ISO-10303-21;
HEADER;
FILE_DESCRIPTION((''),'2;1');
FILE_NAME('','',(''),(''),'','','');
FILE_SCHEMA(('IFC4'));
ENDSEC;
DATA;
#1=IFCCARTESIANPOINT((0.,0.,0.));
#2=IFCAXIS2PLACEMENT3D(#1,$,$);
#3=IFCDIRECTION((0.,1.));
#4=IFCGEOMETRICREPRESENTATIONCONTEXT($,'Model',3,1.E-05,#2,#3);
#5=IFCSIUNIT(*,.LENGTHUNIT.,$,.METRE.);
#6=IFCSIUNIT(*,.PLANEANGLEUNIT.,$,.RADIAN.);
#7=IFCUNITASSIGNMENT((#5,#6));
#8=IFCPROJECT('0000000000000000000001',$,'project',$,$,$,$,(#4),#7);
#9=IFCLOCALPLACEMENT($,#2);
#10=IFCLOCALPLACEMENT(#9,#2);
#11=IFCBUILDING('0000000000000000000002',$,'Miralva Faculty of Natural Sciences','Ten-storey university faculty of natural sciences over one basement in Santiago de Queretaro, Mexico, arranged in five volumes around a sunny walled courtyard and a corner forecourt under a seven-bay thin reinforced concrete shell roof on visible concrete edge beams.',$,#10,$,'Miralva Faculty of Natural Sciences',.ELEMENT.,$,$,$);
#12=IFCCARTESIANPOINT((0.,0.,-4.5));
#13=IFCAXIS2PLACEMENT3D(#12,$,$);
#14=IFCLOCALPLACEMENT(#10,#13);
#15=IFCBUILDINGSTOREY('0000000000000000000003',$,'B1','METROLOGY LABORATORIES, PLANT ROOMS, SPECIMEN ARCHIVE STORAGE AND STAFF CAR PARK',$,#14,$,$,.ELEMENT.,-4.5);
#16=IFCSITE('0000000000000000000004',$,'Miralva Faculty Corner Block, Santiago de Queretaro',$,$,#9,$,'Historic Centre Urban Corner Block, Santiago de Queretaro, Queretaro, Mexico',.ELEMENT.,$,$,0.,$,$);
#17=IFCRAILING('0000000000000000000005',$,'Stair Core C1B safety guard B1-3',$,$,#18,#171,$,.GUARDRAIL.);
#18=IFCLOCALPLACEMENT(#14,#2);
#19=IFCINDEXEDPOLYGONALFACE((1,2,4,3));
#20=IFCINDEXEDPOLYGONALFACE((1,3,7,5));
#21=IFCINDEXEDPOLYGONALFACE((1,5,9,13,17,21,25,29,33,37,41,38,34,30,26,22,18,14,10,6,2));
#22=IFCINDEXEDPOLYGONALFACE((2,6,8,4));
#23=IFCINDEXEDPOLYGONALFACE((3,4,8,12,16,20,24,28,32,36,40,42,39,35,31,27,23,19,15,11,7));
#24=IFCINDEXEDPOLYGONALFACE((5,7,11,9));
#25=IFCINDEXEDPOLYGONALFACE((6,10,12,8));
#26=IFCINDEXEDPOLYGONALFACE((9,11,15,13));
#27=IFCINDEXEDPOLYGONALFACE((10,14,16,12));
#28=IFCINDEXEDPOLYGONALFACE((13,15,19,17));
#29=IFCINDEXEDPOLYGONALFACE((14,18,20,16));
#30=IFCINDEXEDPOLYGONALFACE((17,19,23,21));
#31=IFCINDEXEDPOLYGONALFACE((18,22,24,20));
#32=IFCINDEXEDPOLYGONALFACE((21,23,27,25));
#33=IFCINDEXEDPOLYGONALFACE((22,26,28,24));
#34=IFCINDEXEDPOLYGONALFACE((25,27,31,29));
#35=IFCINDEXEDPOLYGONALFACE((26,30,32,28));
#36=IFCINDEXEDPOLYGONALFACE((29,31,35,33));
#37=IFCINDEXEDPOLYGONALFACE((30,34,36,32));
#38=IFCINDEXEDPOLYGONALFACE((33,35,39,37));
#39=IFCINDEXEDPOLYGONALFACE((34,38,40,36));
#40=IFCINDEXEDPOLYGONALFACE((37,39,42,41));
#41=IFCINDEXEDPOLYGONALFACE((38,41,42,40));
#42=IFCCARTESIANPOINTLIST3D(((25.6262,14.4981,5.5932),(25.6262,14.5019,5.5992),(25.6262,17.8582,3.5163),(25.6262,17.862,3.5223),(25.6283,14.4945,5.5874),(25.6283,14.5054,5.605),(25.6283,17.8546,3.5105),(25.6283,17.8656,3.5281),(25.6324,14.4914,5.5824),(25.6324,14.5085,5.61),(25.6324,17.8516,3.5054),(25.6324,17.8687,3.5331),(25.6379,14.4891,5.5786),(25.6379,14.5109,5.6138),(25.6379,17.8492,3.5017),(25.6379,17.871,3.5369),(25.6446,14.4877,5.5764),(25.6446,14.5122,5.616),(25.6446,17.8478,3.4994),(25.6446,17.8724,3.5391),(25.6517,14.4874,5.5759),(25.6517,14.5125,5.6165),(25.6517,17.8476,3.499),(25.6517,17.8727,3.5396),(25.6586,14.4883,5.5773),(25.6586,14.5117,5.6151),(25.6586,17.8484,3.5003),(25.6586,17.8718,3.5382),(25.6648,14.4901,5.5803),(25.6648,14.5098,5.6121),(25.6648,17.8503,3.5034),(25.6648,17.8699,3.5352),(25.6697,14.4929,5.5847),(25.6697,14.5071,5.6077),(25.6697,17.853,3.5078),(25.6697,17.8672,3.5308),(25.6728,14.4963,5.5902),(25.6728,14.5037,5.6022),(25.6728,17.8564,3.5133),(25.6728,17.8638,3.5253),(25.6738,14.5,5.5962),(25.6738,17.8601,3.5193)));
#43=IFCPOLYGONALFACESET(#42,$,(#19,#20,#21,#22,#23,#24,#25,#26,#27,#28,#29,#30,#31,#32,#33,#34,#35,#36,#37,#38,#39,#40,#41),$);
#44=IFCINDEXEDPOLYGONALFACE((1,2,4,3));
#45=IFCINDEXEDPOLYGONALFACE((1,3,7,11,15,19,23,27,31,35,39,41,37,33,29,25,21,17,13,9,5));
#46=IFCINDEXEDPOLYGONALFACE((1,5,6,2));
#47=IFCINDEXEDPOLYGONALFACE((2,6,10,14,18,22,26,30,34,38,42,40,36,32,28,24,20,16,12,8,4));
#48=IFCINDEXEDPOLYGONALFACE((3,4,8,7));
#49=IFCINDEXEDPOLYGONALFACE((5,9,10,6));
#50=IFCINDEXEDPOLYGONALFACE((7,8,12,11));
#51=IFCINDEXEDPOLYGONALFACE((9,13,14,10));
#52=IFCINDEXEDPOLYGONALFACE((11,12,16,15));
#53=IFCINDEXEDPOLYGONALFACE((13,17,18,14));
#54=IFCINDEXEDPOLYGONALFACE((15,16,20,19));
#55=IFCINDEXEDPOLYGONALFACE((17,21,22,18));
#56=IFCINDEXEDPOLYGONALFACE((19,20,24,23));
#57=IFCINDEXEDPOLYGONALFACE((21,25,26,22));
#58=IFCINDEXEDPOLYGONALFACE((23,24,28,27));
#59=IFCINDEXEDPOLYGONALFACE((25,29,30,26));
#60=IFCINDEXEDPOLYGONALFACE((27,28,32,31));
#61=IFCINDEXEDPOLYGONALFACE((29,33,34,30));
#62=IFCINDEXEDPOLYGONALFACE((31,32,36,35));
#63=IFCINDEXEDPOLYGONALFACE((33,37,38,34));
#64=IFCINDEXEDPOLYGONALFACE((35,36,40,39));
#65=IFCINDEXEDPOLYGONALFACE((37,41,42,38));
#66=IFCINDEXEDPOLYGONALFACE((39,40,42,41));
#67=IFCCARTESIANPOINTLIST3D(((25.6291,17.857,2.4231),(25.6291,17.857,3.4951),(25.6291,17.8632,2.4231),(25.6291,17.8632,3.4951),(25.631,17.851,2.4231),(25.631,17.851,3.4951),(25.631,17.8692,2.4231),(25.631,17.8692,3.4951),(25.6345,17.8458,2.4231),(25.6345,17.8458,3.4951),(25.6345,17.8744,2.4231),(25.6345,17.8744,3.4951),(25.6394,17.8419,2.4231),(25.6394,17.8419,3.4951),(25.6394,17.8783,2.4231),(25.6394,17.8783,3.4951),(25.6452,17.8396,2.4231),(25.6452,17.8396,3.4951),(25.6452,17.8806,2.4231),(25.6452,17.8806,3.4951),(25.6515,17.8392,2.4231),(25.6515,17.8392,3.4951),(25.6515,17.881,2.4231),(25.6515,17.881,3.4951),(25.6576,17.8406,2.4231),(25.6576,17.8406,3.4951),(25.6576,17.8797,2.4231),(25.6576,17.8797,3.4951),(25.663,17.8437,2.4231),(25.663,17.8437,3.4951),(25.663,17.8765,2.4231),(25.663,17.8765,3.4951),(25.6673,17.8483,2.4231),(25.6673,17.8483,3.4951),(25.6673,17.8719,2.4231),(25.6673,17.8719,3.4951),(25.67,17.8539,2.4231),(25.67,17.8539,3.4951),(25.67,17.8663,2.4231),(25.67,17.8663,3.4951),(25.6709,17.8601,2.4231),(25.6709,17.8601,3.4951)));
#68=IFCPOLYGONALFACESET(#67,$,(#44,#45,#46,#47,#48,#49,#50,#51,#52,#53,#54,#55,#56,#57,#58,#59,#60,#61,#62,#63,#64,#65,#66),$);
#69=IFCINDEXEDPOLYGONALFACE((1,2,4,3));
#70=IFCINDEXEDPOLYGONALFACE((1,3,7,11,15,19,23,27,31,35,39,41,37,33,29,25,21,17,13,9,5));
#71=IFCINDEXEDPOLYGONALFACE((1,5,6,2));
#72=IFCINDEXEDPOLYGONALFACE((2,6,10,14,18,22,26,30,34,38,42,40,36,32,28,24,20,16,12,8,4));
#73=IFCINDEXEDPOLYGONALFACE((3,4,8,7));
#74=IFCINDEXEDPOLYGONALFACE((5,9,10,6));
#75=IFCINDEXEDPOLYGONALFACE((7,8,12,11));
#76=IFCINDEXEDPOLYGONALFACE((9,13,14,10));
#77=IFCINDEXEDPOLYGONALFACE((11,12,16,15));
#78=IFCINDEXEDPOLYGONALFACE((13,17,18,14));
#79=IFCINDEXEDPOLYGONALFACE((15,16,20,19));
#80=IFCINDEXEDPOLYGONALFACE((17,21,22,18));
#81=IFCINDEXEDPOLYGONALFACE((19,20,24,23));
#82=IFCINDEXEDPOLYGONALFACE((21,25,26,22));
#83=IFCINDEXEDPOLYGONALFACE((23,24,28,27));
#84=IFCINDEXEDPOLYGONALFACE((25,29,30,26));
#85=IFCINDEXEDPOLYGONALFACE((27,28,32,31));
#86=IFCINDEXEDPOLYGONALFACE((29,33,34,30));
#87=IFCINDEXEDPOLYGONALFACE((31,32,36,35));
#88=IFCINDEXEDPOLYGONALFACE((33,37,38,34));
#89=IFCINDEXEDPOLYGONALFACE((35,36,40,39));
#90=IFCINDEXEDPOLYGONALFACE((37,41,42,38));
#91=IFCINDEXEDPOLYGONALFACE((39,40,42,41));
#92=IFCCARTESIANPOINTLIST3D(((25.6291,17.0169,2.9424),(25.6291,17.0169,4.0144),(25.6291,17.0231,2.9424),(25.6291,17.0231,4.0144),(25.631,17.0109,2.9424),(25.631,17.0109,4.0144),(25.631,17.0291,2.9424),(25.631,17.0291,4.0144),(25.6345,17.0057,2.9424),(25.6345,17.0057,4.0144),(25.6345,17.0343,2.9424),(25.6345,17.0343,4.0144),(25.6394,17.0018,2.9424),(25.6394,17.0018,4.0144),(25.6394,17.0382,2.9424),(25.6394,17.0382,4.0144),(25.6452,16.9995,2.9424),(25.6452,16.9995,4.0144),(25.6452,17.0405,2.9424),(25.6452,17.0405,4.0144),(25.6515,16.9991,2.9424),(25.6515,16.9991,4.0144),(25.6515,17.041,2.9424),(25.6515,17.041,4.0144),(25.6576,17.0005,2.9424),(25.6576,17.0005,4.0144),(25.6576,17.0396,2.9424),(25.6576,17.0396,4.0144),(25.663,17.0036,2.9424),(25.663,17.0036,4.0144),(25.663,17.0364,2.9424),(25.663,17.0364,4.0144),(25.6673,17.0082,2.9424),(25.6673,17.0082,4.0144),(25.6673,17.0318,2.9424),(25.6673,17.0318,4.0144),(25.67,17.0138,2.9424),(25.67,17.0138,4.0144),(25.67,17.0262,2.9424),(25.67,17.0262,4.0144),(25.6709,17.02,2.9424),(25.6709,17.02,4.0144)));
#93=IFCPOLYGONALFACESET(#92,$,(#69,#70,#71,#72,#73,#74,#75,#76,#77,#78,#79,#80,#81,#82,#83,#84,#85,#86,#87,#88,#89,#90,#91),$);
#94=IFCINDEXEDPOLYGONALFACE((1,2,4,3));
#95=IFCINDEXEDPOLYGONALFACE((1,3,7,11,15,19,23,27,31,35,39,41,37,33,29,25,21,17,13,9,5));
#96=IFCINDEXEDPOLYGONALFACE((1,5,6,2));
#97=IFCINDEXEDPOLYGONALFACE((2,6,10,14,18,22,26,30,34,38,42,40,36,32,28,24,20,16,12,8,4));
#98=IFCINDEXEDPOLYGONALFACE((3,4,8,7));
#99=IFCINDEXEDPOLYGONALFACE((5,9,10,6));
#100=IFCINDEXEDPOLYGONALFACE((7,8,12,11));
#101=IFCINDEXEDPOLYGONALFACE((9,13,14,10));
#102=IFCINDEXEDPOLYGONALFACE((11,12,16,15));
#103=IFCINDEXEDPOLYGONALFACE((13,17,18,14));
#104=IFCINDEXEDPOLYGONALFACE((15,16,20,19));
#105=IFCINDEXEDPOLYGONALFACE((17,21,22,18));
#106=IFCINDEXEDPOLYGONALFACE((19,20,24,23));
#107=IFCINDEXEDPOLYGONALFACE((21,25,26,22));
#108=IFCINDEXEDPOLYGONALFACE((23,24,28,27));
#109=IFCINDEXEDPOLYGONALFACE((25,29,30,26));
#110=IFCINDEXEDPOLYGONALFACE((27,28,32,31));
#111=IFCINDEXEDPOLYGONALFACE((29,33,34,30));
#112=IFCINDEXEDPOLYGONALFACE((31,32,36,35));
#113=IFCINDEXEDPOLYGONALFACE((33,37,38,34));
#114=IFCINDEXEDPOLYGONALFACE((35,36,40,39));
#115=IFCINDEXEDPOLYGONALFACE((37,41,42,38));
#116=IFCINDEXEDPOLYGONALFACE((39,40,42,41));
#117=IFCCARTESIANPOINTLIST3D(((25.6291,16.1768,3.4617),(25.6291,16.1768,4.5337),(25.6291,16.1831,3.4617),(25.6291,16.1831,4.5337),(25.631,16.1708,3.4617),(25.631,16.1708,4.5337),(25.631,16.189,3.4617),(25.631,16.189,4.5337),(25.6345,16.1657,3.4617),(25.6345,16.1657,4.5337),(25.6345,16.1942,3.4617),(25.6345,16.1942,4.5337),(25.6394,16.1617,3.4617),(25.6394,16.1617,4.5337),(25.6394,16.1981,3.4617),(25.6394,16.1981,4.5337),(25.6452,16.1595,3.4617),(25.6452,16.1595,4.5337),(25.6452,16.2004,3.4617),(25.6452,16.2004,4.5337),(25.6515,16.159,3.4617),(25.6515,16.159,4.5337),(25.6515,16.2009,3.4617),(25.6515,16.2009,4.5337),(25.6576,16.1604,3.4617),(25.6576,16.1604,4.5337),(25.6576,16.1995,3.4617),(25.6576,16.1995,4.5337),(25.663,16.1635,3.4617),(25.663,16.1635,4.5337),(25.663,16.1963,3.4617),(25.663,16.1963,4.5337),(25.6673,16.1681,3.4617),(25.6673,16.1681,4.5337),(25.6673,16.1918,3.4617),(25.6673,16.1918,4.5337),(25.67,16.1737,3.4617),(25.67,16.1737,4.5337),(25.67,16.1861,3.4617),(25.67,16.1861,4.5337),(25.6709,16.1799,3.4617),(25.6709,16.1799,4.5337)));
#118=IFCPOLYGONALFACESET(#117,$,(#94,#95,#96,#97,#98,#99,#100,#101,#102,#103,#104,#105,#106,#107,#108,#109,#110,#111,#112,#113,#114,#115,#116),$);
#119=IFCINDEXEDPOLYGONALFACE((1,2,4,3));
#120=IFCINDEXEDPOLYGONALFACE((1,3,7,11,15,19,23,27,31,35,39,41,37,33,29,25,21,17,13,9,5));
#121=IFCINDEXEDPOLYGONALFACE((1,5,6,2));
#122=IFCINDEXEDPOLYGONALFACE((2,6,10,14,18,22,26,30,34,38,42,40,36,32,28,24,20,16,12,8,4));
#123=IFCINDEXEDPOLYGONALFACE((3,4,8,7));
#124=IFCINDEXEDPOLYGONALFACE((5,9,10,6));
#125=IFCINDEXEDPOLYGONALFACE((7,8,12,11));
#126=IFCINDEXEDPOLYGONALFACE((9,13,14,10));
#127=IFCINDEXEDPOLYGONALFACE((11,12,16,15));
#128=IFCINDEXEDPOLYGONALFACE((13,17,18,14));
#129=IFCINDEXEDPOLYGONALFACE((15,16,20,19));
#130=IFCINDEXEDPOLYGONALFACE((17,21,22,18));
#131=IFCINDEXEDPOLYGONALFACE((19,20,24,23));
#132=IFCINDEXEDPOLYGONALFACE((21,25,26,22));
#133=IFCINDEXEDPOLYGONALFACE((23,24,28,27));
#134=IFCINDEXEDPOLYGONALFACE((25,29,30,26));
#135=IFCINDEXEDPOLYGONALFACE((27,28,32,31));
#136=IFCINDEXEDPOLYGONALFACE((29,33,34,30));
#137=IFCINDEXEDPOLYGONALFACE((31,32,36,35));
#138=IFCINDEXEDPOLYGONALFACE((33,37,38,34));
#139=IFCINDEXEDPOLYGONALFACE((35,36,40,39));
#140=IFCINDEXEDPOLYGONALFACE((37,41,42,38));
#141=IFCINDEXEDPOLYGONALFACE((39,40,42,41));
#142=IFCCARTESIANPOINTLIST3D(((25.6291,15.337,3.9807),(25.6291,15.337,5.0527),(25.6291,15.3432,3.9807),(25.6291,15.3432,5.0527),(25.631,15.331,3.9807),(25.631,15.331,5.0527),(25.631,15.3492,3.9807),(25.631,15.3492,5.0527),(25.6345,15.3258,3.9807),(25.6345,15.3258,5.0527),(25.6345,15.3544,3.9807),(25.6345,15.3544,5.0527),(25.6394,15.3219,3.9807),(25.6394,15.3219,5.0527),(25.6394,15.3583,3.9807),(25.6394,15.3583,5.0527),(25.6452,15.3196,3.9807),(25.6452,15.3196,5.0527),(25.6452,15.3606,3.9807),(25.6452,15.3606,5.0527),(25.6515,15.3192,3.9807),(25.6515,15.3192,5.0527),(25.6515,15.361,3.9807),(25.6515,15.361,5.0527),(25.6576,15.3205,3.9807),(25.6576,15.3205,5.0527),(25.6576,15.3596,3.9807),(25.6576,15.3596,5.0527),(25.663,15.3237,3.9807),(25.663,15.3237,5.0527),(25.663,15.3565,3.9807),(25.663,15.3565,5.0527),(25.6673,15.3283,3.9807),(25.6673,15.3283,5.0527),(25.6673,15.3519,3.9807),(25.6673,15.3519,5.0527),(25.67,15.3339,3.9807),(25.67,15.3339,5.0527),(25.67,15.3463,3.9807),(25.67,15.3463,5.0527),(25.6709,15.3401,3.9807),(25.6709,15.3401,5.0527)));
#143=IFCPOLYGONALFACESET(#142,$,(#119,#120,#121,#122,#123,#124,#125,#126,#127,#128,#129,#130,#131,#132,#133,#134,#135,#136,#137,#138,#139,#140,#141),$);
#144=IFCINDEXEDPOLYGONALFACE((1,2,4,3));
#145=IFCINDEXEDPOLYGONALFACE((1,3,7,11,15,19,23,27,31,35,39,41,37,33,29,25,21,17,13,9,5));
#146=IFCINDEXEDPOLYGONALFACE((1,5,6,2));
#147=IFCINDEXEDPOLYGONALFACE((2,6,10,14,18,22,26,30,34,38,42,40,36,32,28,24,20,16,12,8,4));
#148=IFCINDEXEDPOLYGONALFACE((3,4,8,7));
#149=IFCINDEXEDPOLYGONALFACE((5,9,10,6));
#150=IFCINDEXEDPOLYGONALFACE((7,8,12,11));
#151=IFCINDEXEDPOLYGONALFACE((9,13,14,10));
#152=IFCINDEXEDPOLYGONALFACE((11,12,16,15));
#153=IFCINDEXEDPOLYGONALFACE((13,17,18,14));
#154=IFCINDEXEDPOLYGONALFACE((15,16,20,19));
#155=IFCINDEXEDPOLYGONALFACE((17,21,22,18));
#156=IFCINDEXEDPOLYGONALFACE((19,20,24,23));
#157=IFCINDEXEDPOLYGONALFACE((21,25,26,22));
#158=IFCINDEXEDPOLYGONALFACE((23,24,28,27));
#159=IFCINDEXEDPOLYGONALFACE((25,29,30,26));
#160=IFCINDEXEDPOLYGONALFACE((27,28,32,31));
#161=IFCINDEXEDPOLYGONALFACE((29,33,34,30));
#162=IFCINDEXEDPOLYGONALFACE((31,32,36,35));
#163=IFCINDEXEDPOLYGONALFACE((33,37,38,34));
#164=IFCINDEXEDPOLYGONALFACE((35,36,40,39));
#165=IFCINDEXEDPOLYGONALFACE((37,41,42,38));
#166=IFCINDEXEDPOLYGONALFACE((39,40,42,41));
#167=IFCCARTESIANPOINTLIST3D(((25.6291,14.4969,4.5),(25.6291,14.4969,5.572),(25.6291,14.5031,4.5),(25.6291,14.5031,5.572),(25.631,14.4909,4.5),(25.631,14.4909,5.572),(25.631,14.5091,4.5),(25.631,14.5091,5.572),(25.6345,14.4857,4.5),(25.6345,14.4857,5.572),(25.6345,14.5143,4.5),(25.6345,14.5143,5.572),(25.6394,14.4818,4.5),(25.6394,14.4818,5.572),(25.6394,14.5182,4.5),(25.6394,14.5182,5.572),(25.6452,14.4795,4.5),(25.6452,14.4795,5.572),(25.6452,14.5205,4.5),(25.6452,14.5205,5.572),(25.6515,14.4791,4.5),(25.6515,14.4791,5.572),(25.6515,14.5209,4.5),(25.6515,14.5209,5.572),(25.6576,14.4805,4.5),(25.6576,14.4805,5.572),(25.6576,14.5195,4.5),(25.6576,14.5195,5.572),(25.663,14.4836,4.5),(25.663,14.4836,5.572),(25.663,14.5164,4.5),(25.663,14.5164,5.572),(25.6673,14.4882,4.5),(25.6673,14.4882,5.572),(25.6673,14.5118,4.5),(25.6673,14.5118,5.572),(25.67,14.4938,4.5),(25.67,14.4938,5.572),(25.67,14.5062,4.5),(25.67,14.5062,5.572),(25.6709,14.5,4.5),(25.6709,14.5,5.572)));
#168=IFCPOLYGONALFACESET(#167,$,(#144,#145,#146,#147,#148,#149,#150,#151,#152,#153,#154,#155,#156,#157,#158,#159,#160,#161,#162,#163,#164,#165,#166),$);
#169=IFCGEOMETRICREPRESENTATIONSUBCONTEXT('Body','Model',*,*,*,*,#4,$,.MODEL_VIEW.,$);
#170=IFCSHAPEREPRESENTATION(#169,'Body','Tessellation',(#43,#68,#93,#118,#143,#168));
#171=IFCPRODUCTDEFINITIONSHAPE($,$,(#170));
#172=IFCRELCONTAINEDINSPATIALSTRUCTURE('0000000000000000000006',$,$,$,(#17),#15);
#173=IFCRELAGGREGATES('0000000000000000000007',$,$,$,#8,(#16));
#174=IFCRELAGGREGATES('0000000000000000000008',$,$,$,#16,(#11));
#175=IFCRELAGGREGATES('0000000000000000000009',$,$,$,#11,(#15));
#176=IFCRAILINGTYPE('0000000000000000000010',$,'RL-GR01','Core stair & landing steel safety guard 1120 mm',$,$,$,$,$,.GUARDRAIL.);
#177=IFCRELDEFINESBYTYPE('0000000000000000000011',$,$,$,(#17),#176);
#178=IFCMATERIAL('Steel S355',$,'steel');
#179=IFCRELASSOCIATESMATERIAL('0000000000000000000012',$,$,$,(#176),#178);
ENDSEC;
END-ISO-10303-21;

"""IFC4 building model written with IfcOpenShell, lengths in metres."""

from ifc_helpers import new_model, si_unit, direction, frame, origin, origin_2d, place, context, subcontext, project, spatial, circle, extrude, material, type_object, element, save


model = new_model("IFC4")

# Units and contexts
model_context = context("Model", 3, precision=1e-05, world=origin(), true_north=direction((0.0, 1.0)))
body_context = subcontext(model_context, "Body", "Model", "MODEL_VIEW")
ifc_project = project(units=[si_unit("LENGTHUNIT", "METRE"), si_unit("PLANEANGLEUNIT", "RADIAN")], contexts=[model_context])

# Site, building, storey
site_placement = place(None, origin())
site = spatial("IfcSite", under=ifc_project, at=site_placement, Name="Miralva Faculty Corner Block, Santiago de Queretaro", LongName="Historic Centre Urban Corner Block, Santiago de Queretaro, Queretaro, Mexico", CompositionType="ELEMENT", RefElevation=0.0)
building_placement = place(site_placement, origin())
building = spatial("IfcBuilding", under=site, at=building_placement, Name="Miralva Faculty of Natural Sciences", Description="Ten-storey university faculty of natural sciences over one basement in Santiago de Queretaro, Mexico, arranged in five volumes around a sunny walled courtyard and a corner forecourt under a seven-bay thin reinforced concrete shell roof on visible concrete edge beams.", LongName="Miralva Faculty of Natural Sciences", CompositionType="ELEMENT")
storey_placement = place(building_placement, frame((0.0, 0.0, -4.5)))
storey = spatial("IfcBuildingStorey", under=building, at=storey_placement, Name="B1", Description="METROLOGY LABORATORIES, PLANT ROOMS, SPECIMEN ARCHIVE STORAGE AND STAFF CAR PARK", CompositionType="ELEMENT", Elevation=-4.5)

# Railing
ifc_material_1 = material(Name="Steel S355", Category="steel")
railing_type_1 = type_object("IfcRailingType", Name="RL-GR01", Description="Core stair & landing steel safety guard 1120 mm", PredefinedType="GUARDRAIL", material=ifc_material_1)
railing_1_placement = place(storey_placement, frame((25.6499, 17.8601, 2.4231)))
element("IfcRailing", 1, at=railing_1_placement, inside=storey, type_object=railing_type_1, Name="Stair Core C1B safety guard B1-3", PredefinedType="GUARDRAIL", context=body_context, shape_type="SweptSolid", body=[
    extrude(circle(Radius=0.0239, at=origin_2d()), frame((0.0, 0.0, 1.0962), z_axis=(0.0, -0.850623, 0.525776), x_axis=(1.0, 0.0, 0.0)), (0.0, 0.0, 1.0), 3.9502),
    extrude(circle(Radius=0.021, at=origin_2d()), origin(), (0.0, 0.0, 1.0), 1.072),
    extrude(circle(Radius=0.021, at=origin_2d()), frame((0.0, -0.8401, 0.5193)), (0.0, 0.0, 1.0), 1.072),
    extrude(circle(Radius=0.021, at=origin_2d()), frame((0.0, -1.6802, 1.0386)), (0.0, 0.0, 1.0), 1.072),
    extrude(circle(Radius=0.021, at=origin_2d()), frame((0.0, -2.52, 1.5576)), (0.0, 0.0, 1.0), 1.072),
    extrude(circle(Radius=0.021, at=origin_2d()), frame((0.0, -3.3601, 2.0769)), (0.0, 0.0, 1.0), 1.072),
])

save(model, "model.ifc")
